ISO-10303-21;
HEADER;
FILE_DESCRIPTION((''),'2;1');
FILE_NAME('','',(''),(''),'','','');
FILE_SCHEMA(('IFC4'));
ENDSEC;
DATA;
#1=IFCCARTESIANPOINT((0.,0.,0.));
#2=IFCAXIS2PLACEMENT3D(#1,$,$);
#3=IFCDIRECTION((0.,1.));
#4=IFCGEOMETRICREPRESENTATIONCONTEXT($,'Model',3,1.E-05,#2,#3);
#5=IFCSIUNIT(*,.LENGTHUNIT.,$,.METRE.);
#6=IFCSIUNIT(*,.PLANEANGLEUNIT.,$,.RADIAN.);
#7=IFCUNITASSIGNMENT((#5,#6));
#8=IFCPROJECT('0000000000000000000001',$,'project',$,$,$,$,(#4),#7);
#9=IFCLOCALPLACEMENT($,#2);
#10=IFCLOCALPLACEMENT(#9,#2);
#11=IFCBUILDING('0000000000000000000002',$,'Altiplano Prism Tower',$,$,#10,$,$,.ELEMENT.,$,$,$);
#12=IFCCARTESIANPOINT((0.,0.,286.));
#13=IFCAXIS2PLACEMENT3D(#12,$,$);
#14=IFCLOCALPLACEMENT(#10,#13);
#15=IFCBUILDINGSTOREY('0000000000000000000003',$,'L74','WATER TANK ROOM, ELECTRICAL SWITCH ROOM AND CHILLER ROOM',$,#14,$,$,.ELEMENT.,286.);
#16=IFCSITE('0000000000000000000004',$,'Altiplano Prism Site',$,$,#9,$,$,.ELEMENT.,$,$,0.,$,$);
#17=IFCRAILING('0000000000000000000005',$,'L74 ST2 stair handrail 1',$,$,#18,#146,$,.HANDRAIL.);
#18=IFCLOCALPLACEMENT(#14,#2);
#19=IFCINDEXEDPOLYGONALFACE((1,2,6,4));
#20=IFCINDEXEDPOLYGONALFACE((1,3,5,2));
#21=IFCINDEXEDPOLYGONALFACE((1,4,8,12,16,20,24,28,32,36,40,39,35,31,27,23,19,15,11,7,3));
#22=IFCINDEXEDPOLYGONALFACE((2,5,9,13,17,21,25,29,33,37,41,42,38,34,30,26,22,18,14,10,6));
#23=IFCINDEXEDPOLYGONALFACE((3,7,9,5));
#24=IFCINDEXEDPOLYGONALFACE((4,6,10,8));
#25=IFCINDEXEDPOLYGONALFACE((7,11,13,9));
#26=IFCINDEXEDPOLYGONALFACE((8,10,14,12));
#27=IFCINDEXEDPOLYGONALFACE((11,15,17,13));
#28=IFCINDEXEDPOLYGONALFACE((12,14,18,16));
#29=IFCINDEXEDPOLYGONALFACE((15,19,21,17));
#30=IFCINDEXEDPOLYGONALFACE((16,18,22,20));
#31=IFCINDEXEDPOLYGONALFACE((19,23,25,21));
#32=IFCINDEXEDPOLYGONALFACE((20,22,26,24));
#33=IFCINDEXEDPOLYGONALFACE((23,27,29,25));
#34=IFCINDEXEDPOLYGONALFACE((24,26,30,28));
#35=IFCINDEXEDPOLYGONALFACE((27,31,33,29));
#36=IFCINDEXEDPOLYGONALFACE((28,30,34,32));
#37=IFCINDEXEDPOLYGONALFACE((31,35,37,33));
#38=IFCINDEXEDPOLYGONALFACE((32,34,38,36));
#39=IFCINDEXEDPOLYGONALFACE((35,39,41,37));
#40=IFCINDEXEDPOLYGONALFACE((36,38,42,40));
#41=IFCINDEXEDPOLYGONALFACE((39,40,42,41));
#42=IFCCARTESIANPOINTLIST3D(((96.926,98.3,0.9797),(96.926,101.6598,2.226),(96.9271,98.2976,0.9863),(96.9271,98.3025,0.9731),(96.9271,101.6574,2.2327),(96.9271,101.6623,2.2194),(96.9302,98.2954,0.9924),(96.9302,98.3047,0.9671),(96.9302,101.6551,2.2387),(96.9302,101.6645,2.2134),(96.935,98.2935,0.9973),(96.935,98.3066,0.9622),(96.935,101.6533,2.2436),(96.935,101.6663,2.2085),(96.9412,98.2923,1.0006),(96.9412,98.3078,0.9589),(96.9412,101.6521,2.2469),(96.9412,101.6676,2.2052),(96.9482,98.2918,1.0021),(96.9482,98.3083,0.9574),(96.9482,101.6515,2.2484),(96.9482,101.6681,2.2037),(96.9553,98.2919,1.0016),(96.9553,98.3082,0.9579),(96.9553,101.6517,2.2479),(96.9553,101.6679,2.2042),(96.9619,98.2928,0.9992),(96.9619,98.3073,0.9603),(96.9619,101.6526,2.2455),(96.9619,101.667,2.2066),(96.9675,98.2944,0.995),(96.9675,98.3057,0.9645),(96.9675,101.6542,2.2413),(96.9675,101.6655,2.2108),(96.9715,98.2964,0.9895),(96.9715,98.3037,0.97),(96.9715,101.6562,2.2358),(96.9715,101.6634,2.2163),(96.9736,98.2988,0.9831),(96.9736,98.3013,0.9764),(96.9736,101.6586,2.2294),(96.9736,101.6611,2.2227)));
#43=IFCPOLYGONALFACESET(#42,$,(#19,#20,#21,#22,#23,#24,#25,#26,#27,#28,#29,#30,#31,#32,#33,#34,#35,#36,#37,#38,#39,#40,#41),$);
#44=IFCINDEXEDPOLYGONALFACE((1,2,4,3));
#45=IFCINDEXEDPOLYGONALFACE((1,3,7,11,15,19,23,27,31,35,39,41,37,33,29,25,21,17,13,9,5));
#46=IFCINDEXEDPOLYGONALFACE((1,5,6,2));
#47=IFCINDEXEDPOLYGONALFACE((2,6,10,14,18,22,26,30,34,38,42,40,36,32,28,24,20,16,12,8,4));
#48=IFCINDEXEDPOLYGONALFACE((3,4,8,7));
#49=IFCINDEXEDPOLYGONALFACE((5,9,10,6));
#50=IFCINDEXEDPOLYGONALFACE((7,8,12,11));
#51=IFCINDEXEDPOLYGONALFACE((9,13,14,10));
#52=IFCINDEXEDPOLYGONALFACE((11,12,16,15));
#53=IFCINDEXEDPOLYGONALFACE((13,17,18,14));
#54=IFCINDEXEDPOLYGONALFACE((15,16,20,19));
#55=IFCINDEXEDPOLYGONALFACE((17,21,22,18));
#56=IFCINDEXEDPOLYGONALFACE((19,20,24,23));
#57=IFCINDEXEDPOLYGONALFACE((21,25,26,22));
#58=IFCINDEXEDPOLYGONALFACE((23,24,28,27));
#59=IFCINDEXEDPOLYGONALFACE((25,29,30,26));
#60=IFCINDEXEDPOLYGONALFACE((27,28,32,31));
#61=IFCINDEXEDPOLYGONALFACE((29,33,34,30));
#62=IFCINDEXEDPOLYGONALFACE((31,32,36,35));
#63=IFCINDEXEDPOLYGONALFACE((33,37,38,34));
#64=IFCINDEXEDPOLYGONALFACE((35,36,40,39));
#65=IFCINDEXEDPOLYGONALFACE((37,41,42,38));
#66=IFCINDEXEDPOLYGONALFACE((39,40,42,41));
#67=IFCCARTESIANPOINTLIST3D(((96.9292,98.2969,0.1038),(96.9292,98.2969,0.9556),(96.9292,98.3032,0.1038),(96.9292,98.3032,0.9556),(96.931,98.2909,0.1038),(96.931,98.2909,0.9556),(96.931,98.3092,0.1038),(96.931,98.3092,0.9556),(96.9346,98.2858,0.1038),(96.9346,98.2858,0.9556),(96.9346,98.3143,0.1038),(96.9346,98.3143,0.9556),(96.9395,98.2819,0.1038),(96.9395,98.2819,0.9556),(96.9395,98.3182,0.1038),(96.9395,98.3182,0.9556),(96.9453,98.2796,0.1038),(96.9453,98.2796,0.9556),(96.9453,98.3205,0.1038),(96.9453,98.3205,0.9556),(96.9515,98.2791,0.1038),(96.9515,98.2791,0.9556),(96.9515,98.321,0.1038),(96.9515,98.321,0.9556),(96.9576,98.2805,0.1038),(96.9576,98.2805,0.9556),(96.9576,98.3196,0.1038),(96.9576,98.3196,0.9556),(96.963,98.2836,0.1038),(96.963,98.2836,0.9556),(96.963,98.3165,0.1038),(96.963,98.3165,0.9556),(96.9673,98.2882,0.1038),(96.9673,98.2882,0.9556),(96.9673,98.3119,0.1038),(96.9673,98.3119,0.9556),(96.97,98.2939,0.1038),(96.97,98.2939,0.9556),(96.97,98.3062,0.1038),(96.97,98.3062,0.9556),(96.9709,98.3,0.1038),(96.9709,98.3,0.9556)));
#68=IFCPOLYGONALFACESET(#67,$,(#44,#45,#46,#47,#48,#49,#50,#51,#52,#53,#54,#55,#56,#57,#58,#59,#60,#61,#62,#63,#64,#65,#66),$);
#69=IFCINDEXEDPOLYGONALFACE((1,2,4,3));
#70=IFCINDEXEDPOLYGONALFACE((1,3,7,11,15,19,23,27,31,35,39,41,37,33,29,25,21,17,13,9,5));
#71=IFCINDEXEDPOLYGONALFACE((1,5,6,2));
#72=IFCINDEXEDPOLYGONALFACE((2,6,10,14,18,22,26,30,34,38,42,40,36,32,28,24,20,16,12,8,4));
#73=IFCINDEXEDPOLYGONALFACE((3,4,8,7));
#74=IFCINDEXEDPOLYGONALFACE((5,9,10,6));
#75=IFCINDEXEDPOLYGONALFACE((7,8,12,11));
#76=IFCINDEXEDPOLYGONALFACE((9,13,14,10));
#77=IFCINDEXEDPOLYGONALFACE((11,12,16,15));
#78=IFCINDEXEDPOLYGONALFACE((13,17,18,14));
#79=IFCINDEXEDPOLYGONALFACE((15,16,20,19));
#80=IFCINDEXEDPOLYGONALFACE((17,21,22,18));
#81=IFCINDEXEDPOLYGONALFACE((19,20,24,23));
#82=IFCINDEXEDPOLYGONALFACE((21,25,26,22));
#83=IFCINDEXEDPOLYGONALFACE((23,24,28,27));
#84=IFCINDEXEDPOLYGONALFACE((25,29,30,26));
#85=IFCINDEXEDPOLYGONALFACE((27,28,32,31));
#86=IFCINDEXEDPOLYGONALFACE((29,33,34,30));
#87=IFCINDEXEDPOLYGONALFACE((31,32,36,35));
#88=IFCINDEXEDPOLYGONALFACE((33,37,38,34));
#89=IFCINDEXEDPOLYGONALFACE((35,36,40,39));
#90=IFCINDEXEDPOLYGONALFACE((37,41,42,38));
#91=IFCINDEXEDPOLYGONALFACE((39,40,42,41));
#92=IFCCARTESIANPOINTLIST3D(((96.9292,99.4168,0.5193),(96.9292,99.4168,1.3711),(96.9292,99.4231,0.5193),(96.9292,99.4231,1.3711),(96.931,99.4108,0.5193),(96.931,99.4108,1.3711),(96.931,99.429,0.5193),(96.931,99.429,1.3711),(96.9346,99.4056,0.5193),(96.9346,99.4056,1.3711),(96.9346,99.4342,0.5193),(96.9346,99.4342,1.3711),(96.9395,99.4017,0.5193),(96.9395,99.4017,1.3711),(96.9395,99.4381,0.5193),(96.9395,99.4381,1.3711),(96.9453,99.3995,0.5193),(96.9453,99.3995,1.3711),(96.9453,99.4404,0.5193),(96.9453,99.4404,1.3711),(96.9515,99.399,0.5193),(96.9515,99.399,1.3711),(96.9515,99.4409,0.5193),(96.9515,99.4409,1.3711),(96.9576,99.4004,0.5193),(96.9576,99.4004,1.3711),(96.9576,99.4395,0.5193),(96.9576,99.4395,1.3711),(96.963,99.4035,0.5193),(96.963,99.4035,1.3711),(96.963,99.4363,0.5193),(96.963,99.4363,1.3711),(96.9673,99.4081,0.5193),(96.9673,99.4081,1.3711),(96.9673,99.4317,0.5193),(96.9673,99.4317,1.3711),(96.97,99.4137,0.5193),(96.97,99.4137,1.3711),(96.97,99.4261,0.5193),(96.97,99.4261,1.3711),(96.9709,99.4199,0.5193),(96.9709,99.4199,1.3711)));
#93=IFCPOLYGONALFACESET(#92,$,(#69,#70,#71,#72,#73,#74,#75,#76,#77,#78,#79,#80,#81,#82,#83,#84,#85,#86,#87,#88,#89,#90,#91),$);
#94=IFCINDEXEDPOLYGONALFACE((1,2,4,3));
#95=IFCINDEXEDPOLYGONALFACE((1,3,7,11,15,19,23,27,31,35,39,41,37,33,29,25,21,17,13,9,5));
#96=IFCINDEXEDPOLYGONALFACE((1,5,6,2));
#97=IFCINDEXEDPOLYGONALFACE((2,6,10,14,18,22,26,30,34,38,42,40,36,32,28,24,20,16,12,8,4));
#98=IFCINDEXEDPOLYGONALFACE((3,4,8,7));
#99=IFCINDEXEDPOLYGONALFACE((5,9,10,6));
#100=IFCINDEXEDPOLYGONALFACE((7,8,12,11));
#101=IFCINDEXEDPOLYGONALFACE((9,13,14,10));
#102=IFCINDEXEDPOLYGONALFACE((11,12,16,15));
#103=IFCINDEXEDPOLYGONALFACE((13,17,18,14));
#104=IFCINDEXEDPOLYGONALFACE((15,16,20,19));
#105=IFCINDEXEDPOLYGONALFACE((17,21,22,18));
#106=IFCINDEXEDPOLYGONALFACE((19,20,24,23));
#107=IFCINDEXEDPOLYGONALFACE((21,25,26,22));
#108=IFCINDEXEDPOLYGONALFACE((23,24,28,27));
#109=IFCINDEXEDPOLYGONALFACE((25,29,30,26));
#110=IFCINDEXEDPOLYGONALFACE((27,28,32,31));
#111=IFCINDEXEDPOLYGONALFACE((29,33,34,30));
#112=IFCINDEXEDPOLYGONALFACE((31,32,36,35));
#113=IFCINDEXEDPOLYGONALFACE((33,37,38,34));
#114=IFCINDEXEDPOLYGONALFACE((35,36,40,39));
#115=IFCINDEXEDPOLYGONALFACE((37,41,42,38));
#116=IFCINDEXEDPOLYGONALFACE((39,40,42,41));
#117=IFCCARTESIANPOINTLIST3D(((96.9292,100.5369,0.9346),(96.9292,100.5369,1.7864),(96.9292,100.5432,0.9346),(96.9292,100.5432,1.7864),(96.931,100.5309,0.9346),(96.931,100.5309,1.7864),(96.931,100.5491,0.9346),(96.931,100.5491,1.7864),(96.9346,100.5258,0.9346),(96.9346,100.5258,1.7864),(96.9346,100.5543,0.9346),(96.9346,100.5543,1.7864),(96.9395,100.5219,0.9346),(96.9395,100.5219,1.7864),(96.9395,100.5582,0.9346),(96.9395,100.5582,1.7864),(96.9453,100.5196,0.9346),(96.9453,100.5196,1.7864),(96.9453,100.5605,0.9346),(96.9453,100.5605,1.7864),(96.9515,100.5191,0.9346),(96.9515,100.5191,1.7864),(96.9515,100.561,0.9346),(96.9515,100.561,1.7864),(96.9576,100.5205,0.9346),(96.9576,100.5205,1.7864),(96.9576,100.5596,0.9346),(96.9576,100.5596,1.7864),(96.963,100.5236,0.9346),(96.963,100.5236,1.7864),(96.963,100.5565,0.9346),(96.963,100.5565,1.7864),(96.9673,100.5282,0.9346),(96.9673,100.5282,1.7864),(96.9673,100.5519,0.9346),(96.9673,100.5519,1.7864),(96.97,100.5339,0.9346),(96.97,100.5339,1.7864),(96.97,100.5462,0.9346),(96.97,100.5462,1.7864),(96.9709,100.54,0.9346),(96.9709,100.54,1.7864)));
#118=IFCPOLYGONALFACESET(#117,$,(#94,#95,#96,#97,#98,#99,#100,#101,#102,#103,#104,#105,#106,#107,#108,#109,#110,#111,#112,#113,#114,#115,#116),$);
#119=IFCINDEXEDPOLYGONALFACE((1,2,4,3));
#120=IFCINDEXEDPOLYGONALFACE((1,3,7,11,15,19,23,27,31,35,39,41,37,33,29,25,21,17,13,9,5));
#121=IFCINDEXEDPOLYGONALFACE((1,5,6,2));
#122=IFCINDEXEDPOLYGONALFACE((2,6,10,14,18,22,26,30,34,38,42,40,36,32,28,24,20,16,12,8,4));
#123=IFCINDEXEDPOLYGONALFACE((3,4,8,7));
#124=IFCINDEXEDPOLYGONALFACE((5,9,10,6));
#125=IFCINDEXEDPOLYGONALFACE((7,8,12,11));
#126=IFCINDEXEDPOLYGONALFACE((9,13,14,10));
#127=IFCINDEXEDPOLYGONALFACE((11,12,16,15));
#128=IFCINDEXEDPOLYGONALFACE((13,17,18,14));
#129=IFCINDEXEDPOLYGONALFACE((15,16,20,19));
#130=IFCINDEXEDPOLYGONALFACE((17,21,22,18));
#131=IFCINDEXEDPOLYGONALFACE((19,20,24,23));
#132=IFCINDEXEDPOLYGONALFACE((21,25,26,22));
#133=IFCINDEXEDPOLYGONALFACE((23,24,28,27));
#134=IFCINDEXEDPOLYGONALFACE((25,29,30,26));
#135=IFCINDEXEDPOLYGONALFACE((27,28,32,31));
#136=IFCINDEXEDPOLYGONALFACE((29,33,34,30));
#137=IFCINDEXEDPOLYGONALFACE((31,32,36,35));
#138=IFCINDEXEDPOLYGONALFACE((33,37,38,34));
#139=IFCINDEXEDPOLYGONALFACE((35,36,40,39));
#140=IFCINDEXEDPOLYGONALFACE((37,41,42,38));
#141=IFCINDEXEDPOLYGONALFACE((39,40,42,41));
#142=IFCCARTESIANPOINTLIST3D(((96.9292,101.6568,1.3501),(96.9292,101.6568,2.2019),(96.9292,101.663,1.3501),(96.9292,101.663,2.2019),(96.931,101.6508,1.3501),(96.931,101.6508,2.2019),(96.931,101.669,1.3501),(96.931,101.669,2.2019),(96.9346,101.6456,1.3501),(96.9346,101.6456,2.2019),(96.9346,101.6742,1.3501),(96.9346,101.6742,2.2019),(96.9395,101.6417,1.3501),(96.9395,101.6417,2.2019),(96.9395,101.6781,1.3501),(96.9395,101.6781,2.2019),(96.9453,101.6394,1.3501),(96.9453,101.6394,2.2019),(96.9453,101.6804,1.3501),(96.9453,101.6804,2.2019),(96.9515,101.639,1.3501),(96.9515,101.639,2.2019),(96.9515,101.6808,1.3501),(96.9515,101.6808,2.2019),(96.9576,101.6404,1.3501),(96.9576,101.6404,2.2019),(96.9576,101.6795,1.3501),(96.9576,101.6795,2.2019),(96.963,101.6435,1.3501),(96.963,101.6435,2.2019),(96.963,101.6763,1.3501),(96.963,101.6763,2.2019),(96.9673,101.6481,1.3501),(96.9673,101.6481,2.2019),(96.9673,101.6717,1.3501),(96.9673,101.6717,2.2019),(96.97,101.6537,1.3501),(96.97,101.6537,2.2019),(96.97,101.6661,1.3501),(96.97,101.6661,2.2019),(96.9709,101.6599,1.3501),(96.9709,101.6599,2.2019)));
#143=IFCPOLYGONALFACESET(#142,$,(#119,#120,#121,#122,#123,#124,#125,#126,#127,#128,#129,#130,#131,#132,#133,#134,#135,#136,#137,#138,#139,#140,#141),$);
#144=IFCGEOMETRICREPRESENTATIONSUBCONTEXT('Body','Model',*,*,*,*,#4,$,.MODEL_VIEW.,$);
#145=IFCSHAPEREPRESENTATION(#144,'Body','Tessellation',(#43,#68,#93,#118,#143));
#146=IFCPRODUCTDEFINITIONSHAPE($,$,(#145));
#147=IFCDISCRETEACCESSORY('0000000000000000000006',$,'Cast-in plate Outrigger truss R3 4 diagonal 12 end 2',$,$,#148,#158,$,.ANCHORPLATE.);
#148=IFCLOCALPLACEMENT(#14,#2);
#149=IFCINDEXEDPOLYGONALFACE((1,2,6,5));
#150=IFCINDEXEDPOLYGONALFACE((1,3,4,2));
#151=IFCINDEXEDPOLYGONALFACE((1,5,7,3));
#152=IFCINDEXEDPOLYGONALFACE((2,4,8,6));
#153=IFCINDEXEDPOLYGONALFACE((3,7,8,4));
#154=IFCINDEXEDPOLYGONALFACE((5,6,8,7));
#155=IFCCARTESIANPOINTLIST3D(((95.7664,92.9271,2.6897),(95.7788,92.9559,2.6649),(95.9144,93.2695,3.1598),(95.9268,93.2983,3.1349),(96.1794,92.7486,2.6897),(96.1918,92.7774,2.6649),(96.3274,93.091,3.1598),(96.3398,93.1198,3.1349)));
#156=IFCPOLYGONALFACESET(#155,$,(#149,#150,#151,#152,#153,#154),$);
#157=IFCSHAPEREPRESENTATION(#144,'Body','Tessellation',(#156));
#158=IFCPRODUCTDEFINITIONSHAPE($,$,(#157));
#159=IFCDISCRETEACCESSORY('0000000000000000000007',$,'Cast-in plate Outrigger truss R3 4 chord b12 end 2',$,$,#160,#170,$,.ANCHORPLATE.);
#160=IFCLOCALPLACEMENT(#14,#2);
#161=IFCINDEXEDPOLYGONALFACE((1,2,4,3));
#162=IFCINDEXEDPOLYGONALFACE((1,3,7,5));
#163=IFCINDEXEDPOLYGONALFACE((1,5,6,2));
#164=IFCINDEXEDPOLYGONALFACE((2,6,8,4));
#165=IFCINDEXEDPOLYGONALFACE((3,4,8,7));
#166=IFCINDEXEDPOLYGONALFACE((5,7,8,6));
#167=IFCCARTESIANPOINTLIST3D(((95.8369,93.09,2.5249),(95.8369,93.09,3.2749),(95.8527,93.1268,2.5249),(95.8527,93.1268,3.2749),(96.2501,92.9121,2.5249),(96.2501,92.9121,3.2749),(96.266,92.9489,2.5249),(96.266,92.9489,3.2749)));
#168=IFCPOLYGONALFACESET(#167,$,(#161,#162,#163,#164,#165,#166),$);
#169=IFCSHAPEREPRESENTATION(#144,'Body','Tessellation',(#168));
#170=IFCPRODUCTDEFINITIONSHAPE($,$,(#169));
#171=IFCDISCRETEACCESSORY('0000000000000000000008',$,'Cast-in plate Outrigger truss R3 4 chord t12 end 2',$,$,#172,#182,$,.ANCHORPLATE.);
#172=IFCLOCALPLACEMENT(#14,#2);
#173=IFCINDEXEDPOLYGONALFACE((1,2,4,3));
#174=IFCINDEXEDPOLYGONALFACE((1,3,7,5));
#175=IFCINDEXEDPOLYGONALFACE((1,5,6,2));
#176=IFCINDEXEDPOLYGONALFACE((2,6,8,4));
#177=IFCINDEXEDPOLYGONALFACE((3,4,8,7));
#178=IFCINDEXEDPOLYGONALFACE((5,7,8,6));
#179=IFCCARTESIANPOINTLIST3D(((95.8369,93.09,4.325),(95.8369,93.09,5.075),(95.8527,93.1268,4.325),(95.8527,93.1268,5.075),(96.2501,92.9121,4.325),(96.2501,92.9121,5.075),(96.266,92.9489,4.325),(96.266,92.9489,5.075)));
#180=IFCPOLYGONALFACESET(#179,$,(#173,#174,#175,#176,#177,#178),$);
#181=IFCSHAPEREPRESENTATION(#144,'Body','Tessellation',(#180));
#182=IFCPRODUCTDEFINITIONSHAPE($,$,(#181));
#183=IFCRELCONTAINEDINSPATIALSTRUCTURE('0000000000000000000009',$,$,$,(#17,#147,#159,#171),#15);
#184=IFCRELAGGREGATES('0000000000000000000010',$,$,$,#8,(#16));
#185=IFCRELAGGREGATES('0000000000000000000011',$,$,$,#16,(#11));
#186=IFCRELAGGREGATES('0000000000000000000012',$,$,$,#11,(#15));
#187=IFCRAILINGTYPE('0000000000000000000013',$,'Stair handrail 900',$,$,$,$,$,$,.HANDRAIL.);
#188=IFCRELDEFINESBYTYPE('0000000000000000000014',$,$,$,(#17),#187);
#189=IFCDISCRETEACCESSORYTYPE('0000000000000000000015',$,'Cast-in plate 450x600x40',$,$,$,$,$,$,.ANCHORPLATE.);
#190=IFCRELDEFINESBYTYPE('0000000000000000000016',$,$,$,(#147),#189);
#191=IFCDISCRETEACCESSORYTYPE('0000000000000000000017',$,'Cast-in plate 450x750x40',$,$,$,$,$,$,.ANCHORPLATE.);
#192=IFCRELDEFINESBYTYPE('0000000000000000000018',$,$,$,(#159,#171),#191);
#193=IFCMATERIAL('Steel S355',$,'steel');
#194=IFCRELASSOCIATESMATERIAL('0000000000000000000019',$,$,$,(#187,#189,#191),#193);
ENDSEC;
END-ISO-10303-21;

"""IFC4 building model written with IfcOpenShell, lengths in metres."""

from ifc_helpers import new_model, si_unit, direction, frame, origin, origin_2d, place, context, subcontext, project, spatial, rectangle, circle, extrude, material, material_profile, profile_set, type_object, element, save


model = new_model("IFC4")

# Units and contexts
model_context = context("Model", 3, precision=1e-05, world=origin(), true_north=direction((0.0, 1.0)))
body_context = subcontext(model_context, "Body", "Model", "MODEL_VIEW")
ifc_project = project(units=[si_unit("LENGTHUNIT", "METRE"), si_unit("PLANEANGLEUNIT", "RADIAN")], contexts=[model_context])

# Site, building, storey
site_placement = place(None, origin())
site = spatial("IfcSite", under=ifc_project, at=site_placement, Name="Altiplano Prism Site", CompositionType="ELEMENT", RefElevation=0.0)
building_placement = place(site_placement, origin())
building = spatial("IfcBuilding", under=site, at=building_placement, Name="Altiplano Prism Tower", CompositionType="ELEMENT")
storey_placement = place(building_placement, frame((0.0, 0.0, 286.0)))
storey = spatial("IfcBuildingStorey", under=building, at=storey_placement, Name="L74", Description="WATER TANK ROOM, ELECTRICAL SWITCH ROOM AND CHILLER ROOM", CompositionType="ELEMENT", Elevation=286.0)

# Shared definitions
ifc_material_1 = material(Name="Steel S355", Category="steel")

# Railing
railing_type_1 = type_object("IfcRailingType", Name="Stair handrail 900", PredefinedType="HANDRAIL", material=ifc_material_1)
railing_1_placement = place(storey_placement, frame((96.95, 98.3, 0.1038)))
element("IfcRailing", 1, at=railing_1_placement, inside=storey, type_object=railing_type_1, Name="L74 ST2 stair handrail 1", PredefinedType="HANDRAIL", context=body_context, shape_type="SweptSolid", body=[
    extrude(circle(Radius=0.0239, at=origin_2d()), frame((0.0, 0.0, 0.876), z_axis=(0.0, 0.937572, 0.347791), x_axis=(-1.0, 0.0, 0.0)), (0.0, 0.0, 1.0), 3.5835),
    extrude(circle(Radius=0.021, at=origin_2d()), origin(), (0.0, 0.0, 1.0), 0.8518),
    extrude(circle(Radius=0.021, at=origin_2d()), frame((0.0, 1.1199, 0.4155)), (0.0, 0.0, 1.0), 0.8518),
    extrude(circle(Radius=0.021, at=origin_2d()), frame((0.0, 2.24, 0.8308)), (0.0, 0.0, 1.0), 0.8518),
    extrude(circle(Radius=0.021, at=origin_2d()), frame((0.0, 3.3599, 1.2463)), (0.0, 0.0, 1.0), 0.8518),
])

# Discrete accessories
ifc_material_profile_1 = material_profile(ifc_material_1, rectangle(XDim=0.45, YDim=0.6001, at=origin_2d()), Name="Cast-in plate 450x600x40")
ifc_profile_set_1 = profile_set([ifc_material_profile_1], Name="Steel S355")
discrete_accessory_type_1 = type_object("IfcDiscreteAccessoryType", Name="Cast-in plate 450x600x40", PredefinedType="ANCHORPLATE", material=ifc_profile_set_1)
discrete_accessory_placement = place(storey_placement, frame((96.0593, 93.0378, 2.8999), z_axis=(-0.310785, -0.719071, 0.62157), x_axis=(0.917934, -0.396734, 0.0)))
element("IfcDiscreteAccessory", 2, at=discrete_accessory_placement, inside=storey, type_object=discrete_accessory_type_1, Name="Cast-in plate Outrigger truss R3 4 diagonal 12 end 2", PredefinedType="ANCHORPLATE", context=body_context, shape_type="SweptSolid", body=[
    extrude(rectangle(XDim=0.45, YDim=0.6001, at=origin_2d()), origin(), (0.0, 0.0, 1.0), 0.04),
])
ifc_material_profile_2 = material_profile(ifc_material_1, rectangle(XDim=0.45, YDim=0.75, at=origin_2d()), Name="Cast-in plate 450x750x40")
ifc_profile_set_2 = profile_set([ifc_material_profile_2], Name="Steel S355")
discrete_accessory_type_2 = type_object("IfcDiscreteAccessoryType", Name="Cast-in plate 450x750x40", PredefinedType="ANCHORPLATE", material=ifc_profile_set_2)
for number, where, z_axis, x_axis, name in (
    (3, (96.0593, 93.0378, 2.8999), (-0.395387, -0.918515, 0.0), (0.918515, -0.395387, 0.0), "Cast-in plate Outrigger truss R3 4 chord b12 end 2"),
    (4, (96.0593, 93.0378, 4.7), (-0.395387, -0.918515, 0.0), (0.918515, -0.395387, 0.0), "Cast-in plate Outrigger truss R3 4 chord t12 end 2"),
):
    element("IfcDiscreteAccessory", number, at=place(storey_placement, frame(where, z_axis=z_axis, x_axis=x_axis)), inside=storey, type_object=discrete_accessory_type_2, Name=name, PredefinedType="ANCHORPLATE", context=body_context, shape_type="SweptSolid", body=[
        extrude(rectangle(XDim=0.45, YDim=0.75, at=origin_2d()), origin(), (0.0, 0.0, 1.0), 0.04),
    ])

save(model, "model.ifc")
